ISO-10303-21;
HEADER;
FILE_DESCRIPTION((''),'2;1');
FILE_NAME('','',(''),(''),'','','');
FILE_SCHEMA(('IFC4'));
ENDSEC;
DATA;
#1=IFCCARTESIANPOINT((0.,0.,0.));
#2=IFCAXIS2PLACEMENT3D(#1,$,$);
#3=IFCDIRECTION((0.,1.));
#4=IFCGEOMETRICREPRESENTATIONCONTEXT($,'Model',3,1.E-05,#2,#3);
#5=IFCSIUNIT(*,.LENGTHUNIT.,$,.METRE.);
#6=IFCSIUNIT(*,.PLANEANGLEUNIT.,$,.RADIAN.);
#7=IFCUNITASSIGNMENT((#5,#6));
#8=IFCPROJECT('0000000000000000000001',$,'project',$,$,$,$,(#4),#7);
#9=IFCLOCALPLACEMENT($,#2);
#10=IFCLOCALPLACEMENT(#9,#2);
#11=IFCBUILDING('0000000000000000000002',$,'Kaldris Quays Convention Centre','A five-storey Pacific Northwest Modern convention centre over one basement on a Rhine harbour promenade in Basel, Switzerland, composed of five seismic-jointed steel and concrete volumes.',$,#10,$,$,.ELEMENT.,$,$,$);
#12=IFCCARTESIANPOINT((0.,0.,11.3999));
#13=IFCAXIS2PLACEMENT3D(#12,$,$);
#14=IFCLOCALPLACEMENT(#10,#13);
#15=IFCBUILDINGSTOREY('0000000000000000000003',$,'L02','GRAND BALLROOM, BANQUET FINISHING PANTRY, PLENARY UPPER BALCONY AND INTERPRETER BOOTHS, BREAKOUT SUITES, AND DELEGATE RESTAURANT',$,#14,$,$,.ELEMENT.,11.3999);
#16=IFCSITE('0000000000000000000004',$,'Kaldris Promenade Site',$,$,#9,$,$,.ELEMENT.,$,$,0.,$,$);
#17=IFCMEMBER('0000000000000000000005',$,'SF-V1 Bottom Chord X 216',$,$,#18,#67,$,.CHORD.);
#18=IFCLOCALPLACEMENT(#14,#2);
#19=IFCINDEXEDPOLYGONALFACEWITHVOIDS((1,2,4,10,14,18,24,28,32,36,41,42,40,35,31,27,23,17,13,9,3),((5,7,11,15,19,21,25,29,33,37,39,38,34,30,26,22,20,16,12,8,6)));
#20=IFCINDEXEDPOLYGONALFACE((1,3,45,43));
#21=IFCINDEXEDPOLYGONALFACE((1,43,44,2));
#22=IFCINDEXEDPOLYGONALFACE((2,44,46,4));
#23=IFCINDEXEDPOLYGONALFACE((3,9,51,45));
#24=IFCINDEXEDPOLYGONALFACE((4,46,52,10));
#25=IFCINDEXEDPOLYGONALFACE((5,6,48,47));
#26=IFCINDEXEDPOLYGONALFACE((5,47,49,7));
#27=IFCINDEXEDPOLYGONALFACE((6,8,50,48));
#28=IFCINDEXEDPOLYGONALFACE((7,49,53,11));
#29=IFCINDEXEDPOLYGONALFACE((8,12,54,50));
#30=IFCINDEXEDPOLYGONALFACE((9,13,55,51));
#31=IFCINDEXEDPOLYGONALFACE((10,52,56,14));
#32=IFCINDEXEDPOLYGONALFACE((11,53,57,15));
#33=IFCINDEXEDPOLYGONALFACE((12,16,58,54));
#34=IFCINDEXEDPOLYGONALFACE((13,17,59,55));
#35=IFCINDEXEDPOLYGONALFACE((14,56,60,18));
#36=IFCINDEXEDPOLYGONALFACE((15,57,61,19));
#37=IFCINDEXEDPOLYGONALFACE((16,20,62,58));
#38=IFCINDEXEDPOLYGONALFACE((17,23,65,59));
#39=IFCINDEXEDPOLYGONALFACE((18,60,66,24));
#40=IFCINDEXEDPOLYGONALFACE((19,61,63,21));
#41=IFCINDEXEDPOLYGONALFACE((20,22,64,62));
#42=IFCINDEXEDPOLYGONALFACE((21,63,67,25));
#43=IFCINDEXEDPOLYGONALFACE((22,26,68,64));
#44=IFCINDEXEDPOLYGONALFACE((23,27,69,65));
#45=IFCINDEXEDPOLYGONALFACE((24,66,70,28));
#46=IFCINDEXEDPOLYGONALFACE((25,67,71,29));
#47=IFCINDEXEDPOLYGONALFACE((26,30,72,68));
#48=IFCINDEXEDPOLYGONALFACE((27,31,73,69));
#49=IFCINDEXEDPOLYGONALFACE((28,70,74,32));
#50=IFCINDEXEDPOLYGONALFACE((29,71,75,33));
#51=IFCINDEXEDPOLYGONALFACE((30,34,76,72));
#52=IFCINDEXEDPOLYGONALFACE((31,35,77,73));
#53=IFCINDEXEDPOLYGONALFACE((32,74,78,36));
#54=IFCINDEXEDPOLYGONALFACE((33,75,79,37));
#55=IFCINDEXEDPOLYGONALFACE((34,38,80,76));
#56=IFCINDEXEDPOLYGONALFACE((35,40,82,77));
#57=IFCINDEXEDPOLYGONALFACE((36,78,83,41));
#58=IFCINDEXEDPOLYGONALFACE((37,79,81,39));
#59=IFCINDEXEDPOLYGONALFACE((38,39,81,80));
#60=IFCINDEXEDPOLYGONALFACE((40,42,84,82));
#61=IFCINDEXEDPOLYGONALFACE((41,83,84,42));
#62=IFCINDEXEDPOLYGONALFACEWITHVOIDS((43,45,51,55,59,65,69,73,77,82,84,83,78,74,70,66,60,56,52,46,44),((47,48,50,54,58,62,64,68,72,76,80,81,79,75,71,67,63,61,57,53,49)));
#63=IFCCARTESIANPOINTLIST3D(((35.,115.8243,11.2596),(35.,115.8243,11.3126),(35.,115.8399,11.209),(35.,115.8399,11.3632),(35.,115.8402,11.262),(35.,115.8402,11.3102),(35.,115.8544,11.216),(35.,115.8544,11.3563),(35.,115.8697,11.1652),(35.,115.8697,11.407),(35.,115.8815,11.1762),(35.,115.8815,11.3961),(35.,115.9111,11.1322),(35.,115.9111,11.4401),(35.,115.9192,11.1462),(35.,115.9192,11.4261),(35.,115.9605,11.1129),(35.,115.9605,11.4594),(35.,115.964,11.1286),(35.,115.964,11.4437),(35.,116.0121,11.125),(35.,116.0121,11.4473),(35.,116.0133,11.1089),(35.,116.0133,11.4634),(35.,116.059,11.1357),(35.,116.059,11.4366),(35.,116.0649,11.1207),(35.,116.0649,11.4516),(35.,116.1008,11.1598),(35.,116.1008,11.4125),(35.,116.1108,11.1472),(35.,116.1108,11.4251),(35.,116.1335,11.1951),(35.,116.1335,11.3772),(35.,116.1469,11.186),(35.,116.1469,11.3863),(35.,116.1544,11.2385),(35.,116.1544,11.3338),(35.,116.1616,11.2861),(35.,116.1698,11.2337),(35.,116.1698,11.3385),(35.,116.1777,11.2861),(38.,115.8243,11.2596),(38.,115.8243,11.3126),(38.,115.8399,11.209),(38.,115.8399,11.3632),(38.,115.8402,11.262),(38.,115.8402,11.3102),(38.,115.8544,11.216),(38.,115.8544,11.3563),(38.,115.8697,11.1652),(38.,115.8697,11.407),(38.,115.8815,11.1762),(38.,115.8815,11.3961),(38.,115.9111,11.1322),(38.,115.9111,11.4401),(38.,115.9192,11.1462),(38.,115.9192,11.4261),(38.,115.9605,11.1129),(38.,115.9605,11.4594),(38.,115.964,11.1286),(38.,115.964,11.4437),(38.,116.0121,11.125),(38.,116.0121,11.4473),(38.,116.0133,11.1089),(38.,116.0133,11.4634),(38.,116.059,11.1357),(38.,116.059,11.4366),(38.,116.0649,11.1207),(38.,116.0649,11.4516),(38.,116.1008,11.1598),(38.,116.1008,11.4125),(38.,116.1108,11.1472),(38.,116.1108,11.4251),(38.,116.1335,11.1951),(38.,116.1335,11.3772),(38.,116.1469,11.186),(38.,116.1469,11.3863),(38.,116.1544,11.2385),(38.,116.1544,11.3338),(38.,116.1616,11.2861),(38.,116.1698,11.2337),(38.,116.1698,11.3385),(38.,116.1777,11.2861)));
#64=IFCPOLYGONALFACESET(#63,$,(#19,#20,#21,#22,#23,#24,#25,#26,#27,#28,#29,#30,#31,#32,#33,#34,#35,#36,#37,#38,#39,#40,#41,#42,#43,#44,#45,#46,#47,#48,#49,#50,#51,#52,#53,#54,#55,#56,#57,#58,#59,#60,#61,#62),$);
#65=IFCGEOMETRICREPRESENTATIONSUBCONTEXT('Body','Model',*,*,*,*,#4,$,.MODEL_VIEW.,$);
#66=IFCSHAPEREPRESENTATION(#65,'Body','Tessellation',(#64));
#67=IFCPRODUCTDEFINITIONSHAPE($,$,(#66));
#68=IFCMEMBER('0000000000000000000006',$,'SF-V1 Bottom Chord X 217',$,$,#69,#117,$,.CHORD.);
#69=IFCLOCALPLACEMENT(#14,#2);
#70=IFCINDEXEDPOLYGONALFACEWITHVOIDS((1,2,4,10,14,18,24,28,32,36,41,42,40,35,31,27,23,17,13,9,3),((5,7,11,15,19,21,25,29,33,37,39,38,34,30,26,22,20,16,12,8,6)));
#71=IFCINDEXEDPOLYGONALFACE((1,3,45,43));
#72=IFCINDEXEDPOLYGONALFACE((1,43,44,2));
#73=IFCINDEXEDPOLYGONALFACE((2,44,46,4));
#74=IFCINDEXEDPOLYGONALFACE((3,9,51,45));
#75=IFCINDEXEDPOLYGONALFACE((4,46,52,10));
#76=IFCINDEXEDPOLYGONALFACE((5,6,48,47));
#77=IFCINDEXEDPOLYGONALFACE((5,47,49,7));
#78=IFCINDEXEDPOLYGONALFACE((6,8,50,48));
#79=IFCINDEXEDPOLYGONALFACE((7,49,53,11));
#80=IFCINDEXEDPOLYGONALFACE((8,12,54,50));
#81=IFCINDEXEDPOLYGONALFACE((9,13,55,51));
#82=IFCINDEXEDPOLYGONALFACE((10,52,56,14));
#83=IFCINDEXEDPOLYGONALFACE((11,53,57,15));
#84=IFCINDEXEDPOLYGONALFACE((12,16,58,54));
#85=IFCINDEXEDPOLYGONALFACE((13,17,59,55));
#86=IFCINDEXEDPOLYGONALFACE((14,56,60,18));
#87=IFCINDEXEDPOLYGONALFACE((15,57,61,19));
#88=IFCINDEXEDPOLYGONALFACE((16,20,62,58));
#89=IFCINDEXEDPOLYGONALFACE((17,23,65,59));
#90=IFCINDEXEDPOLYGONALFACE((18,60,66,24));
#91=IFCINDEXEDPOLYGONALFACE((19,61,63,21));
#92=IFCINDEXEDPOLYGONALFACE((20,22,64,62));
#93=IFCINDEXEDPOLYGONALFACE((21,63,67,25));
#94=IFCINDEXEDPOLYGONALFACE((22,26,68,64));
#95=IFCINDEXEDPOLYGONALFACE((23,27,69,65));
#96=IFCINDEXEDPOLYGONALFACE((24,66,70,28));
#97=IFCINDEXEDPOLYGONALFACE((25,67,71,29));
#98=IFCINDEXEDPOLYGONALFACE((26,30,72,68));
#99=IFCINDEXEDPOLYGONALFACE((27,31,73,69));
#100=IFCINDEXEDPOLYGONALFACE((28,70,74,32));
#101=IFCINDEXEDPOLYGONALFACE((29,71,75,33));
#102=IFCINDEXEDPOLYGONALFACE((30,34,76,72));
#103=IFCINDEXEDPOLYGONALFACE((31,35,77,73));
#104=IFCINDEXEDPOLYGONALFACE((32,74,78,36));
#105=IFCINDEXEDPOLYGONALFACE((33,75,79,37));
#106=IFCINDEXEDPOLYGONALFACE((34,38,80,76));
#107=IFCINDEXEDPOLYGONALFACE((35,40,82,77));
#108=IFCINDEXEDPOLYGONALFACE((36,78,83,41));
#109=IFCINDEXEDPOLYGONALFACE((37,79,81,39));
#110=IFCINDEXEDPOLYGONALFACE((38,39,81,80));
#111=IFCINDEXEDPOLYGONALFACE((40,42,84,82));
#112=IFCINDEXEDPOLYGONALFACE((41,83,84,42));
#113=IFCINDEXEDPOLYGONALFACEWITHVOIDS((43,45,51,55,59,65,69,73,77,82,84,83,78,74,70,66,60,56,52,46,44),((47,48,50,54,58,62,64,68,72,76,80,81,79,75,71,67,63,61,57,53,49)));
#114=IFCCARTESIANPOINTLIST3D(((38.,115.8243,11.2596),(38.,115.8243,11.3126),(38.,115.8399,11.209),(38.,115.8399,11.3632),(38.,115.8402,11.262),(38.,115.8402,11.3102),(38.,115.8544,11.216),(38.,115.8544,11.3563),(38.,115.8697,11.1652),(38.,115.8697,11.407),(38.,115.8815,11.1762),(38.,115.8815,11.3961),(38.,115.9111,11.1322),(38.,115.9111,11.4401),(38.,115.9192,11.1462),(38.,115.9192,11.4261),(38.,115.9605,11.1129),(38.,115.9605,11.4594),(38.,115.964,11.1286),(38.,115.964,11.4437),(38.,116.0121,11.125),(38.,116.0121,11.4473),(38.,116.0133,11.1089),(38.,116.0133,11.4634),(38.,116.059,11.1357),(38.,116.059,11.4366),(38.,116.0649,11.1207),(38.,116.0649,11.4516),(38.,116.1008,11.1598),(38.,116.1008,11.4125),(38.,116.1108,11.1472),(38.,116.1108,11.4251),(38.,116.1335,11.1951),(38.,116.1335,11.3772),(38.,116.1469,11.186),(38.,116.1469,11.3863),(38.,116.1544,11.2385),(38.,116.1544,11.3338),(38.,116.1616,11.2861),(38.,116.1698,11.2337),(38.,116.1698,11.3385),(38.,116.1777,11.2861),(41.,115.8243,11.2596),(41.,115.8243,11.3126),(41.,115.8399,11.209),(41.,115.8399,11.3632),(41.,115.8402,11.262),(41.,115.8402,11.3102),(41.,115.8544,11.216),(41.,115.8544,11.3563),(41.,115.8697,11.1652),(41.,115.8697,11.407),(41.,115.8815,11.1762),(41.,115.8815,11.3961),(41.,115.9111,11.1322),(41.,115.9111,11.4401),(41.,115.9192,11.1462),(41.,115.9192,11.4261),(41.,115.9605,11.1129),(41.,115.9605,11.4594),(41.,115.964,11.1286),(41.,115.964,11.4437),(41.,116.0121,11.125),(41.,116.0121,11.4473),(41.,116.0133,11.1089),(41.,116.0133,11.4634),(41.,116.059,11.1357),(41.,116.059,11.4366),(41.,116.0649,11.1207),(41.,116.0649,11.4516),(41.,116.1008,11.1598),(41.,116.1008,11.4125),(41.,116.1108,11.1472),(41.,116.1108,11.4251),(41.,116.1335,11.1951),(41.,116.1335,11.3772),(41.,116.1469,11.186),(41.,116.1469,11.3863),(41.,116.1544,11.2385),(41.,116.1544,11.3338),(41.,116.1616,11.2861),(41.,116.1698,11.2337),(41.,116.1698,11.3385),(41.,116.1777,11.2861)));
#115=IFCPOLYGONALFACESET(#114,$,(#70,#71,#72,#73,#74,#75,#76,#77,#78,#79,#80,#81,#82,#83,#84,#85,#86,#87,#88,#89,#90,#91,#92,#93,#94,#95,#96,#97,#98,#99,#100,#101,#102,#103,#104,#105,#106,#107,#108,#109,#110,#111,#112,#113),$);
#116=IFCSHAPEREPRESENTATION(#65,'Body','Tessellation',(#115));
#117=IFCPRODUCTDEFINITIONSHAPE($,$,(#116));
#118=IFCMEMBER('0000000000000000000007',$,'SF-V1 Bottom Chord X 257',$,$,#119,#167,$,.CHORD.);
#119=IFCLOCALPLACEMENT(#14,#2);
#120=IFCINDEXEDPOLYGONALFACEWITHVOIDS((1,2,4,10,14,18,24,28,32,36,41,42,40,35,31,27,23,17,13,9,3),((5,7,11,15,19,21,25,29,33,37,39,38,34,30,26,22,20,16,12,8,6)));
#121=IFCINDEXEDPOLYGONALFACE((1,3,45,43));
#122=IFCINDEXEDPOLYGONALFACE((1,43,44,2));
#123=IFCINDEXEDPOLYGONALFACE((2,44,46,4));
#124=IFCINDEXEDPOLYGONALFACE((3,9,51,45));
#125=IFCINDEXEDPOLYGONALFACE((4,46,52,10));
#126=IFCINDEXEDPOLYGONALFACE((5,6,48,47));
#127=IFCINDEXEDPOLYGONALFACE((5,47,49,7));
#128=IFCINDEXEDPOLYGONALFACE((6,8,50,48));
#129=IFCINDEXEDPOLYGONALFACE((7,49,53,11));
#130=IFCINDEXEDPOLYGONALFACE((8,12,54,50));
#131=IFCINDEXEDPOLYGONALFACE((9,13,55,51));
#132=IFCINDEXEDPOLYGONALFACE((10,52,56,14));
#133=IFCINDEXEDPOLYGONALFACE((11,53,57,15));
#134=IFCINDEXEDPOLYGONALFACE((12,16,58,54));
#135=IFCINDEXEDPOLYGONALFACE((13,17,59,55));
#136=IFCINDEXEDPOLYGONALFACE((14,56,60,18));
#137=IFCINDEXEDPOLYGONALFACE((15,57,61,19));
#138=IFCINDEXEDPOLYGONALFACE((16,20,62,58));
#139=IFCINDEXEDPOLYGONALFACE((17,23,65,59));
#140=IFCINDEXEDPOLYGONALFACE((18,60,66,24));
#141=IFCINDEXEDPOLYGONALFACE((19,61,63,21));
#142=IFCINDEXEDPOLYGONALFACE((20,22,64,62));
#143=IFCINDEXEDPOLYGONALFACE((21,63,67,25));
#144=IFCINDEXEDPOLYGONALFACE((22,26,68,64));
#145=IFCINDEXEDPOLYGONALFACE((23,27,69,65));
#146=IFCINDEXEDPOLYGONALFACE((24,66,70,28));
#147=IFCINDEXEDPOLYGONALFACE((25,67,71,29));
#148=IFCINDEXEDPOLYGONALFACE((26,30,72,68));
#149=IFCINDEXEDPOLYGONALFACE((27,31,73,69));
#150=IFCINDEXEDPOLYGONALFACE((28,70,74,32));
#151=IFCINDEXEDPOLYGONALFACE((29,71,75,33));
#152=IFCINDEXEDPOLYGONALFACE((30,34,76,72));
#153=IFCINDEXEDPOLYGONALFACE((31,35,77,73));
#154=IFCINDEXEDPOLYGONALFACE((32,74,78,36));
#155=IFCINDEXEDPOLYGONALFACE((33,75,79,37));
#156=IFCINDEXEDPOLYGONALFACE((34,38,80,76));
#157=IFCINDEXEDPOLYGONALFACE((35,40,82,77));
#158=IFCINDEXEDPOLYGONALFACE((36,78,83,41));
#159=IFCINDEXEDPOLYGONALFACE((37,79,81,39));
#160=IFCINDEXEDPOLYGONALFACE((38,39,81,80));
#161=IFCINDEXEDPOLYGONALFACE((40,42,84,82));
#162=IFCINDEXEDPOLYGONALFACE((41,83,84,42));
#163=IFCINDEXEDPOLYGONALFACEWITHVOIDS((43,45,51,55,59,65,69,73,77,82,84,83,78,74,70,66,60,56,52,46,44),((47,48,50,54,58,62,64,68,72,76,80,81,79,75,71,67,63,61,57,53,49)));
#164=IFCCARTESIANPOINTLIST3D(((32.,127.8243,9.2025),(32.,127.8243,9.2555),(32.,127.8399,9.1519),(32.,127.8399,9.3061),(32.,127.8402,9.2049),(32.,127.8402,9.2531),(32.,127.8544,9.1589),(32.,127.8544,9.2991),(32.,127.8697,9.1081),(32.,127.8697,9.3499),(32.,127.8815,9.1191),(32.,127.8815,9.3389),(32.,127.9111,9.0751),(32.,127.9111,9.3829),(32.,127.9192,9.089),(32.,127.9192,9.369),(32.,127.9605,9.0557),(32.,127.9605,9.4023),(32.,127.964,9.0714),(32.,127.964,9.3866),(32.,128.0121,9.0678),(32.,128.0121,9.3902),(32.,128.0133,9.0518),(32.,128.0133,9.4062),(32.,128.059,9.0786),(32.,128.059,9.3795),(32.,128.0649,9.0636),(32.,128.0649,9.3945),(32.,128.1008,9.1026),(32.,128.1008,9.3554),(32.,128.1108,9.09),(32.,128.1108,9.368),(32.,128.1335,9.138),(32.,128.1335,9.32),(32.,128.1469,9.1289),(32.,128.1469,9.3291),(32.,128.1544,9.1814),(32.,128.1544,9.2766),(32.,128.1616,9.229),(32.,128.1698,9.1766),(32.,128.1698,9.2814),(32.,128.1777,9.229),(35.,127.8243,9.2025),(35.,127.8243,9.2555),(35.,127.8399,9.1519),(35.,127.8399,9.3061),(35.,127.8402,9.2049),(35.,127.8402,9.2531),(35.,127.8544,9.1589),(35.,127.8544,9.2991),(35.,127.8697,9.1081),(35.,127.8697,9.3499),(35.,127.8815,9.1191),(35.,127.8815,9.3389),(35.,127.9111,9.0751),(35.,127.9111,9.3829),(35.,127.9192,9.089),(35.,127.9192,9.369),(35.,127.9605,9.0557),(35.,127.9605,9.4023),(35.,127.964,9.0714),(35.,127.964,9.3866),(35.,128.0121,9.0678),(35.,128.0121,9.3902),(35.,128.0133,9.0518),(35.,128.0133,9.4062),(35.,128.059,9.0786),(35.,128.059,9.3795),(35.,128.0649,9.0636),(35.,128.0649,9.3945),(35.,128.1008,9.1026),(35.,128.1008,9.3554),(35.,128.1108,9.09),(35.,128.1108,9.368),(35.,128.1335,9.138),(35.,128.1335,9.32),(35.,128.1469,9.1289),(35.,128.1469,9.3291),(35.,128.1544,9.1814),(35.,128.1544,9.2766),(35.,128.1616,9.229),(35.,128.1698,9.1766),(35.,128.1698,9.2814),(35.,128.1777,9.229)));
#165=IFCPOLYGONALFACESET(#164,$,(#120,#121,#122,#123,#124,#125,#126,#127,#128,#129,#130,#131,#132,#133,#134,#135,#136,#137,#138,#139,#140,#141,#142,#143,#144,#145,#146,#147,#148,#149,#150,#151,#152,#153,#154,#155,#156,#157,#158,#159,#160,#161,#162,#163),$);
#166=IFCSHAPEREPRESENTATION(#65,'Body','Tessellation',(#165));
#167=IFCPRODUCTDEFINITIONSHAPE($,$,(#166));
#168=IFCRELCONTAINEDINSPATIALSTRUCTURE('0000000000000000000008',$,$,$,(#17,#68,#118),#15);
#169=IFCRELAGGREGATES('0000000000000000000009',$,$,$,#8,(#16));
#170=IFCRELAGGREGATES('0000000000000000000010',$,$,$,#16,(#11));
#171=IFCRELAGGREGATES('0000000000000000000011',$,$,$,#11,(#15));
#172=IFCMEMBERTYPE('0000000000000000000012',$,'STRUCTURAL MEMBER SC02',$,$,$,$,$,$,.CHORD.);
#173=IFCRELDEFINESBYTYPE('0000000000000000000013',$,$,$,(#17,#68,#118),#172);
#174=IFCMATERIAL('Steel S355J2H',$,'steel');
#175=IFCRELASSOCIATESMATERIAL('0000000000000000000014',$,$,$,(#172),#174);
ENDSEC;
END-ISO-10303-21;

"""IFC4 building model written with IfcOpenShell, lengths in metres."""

from ifc_helpers import new_model, si_unit, direction, frame, origin, origin_2d, place, context, subcontext, project, spatial, hollow_circle, extrude, material, material_profile, profile_set, type_object, element, save


model = new_model("IFC4")

# Units and contexts
model_context = context("Model", 3, precision=1e-05, world=origin(), true_north=direction((0.0, 1.0)))
body_context = subcontext(model_context, "Body", "Model", "MODEL_VIEW")
ifc_project = project(units=[si_unit("LENGTHUNIT", "METRE"), si_unit("PLANEANGLEUNIT", "RADIAN")], contexts=[model_context])

# Site, building, storey
site_placement = place(None, origin())
site = spatial("IfcSite", under=ifc_project, at=site_placement, Name="Kaldris Promenade Site", CompositionType="ELEMENT", RefElevation=0.0)
building_placement = place(site_placement, origin())
building = spatial("IfcBuilding", under=site, at=building_placement, Name="Kaldris Quays Convention Centre", Description="A five-storey Pacific Northwest Modern convention centre over one basement on a Rhine harbour promenade in Basel, Switzerland, composed of five seismic-jointed steel and concrete volumes.", CompositionType="ELEMENT")
storey_placement = place(building_placement, frame((0.0, 0.0, 11.3999)))
storey = spatial("IfcBuildingStorey", under=building, at=storey_placement, Name="L02", Description="GRAND BALLROOM, BANQUET FINISHING PANTRY, PLENARY UPPER BALCONY AND INTERPRETER BOOTHS, BREAKOUT SUITES, AND DELEGATE RESTAURANT", CompositionType="ELEMENT", Elevation=11.3999)

# Members
ifc_material_1 = material(Name="Steel S355J2H", Category="steel")
ifc_material_profile_1 = material_profile(ifc_material_1, hollow_circle(Radius=0.1777, WallThickness=0.0161, at=origin_2d()), Name="CHS 355.6x16")
ifc_profile_set_1 = profile_set([ifc_material_profile_1], Name="Steel S355J2H")
member_type_1 = type_object("IfcMemberType", Name="STRUCTURAL MEMBER SC02", PredefinedType="CHORD", material=ifc_profile_set_1)
for number, where, z_axis, x_axis, name in (
    (1, (35.0, 116.0, 11.2861), (1.0, 0.0, 0.0), (0.0, 1.0, 0.0), "SF-V1 Bottom Chord X 216"),
    (2, (38.0, 116.0, 11.2861), (1.0, 0.0, 0.0), (0.0, 1.0, 0.0), "SF-V1 Bottom Chord X 217"),
    (3, (32.0, 128.0, 9.229), (1.0, 0.0, 0.0), (0.0, 1.0, 0.0), "SF-V1 Bottom Chord X 257"),
):
    element("IfcMember", number, at=place(storey_placement, frame(where, z_axis=z_axis, x_axis=x_axis)), inside=storey, type_object=member_type_1, Name=name, PredefinedType="CHORD", context=body_context, shape_type="SweptSolid", body=[
        extrude(hollow_circle(Radius=0.1777, WallThickness=0.0161, at=origin_2d()), origin(), (0.0, 0.0, 1.0), 3.0),
    ])

save(model, "model.ifc")
